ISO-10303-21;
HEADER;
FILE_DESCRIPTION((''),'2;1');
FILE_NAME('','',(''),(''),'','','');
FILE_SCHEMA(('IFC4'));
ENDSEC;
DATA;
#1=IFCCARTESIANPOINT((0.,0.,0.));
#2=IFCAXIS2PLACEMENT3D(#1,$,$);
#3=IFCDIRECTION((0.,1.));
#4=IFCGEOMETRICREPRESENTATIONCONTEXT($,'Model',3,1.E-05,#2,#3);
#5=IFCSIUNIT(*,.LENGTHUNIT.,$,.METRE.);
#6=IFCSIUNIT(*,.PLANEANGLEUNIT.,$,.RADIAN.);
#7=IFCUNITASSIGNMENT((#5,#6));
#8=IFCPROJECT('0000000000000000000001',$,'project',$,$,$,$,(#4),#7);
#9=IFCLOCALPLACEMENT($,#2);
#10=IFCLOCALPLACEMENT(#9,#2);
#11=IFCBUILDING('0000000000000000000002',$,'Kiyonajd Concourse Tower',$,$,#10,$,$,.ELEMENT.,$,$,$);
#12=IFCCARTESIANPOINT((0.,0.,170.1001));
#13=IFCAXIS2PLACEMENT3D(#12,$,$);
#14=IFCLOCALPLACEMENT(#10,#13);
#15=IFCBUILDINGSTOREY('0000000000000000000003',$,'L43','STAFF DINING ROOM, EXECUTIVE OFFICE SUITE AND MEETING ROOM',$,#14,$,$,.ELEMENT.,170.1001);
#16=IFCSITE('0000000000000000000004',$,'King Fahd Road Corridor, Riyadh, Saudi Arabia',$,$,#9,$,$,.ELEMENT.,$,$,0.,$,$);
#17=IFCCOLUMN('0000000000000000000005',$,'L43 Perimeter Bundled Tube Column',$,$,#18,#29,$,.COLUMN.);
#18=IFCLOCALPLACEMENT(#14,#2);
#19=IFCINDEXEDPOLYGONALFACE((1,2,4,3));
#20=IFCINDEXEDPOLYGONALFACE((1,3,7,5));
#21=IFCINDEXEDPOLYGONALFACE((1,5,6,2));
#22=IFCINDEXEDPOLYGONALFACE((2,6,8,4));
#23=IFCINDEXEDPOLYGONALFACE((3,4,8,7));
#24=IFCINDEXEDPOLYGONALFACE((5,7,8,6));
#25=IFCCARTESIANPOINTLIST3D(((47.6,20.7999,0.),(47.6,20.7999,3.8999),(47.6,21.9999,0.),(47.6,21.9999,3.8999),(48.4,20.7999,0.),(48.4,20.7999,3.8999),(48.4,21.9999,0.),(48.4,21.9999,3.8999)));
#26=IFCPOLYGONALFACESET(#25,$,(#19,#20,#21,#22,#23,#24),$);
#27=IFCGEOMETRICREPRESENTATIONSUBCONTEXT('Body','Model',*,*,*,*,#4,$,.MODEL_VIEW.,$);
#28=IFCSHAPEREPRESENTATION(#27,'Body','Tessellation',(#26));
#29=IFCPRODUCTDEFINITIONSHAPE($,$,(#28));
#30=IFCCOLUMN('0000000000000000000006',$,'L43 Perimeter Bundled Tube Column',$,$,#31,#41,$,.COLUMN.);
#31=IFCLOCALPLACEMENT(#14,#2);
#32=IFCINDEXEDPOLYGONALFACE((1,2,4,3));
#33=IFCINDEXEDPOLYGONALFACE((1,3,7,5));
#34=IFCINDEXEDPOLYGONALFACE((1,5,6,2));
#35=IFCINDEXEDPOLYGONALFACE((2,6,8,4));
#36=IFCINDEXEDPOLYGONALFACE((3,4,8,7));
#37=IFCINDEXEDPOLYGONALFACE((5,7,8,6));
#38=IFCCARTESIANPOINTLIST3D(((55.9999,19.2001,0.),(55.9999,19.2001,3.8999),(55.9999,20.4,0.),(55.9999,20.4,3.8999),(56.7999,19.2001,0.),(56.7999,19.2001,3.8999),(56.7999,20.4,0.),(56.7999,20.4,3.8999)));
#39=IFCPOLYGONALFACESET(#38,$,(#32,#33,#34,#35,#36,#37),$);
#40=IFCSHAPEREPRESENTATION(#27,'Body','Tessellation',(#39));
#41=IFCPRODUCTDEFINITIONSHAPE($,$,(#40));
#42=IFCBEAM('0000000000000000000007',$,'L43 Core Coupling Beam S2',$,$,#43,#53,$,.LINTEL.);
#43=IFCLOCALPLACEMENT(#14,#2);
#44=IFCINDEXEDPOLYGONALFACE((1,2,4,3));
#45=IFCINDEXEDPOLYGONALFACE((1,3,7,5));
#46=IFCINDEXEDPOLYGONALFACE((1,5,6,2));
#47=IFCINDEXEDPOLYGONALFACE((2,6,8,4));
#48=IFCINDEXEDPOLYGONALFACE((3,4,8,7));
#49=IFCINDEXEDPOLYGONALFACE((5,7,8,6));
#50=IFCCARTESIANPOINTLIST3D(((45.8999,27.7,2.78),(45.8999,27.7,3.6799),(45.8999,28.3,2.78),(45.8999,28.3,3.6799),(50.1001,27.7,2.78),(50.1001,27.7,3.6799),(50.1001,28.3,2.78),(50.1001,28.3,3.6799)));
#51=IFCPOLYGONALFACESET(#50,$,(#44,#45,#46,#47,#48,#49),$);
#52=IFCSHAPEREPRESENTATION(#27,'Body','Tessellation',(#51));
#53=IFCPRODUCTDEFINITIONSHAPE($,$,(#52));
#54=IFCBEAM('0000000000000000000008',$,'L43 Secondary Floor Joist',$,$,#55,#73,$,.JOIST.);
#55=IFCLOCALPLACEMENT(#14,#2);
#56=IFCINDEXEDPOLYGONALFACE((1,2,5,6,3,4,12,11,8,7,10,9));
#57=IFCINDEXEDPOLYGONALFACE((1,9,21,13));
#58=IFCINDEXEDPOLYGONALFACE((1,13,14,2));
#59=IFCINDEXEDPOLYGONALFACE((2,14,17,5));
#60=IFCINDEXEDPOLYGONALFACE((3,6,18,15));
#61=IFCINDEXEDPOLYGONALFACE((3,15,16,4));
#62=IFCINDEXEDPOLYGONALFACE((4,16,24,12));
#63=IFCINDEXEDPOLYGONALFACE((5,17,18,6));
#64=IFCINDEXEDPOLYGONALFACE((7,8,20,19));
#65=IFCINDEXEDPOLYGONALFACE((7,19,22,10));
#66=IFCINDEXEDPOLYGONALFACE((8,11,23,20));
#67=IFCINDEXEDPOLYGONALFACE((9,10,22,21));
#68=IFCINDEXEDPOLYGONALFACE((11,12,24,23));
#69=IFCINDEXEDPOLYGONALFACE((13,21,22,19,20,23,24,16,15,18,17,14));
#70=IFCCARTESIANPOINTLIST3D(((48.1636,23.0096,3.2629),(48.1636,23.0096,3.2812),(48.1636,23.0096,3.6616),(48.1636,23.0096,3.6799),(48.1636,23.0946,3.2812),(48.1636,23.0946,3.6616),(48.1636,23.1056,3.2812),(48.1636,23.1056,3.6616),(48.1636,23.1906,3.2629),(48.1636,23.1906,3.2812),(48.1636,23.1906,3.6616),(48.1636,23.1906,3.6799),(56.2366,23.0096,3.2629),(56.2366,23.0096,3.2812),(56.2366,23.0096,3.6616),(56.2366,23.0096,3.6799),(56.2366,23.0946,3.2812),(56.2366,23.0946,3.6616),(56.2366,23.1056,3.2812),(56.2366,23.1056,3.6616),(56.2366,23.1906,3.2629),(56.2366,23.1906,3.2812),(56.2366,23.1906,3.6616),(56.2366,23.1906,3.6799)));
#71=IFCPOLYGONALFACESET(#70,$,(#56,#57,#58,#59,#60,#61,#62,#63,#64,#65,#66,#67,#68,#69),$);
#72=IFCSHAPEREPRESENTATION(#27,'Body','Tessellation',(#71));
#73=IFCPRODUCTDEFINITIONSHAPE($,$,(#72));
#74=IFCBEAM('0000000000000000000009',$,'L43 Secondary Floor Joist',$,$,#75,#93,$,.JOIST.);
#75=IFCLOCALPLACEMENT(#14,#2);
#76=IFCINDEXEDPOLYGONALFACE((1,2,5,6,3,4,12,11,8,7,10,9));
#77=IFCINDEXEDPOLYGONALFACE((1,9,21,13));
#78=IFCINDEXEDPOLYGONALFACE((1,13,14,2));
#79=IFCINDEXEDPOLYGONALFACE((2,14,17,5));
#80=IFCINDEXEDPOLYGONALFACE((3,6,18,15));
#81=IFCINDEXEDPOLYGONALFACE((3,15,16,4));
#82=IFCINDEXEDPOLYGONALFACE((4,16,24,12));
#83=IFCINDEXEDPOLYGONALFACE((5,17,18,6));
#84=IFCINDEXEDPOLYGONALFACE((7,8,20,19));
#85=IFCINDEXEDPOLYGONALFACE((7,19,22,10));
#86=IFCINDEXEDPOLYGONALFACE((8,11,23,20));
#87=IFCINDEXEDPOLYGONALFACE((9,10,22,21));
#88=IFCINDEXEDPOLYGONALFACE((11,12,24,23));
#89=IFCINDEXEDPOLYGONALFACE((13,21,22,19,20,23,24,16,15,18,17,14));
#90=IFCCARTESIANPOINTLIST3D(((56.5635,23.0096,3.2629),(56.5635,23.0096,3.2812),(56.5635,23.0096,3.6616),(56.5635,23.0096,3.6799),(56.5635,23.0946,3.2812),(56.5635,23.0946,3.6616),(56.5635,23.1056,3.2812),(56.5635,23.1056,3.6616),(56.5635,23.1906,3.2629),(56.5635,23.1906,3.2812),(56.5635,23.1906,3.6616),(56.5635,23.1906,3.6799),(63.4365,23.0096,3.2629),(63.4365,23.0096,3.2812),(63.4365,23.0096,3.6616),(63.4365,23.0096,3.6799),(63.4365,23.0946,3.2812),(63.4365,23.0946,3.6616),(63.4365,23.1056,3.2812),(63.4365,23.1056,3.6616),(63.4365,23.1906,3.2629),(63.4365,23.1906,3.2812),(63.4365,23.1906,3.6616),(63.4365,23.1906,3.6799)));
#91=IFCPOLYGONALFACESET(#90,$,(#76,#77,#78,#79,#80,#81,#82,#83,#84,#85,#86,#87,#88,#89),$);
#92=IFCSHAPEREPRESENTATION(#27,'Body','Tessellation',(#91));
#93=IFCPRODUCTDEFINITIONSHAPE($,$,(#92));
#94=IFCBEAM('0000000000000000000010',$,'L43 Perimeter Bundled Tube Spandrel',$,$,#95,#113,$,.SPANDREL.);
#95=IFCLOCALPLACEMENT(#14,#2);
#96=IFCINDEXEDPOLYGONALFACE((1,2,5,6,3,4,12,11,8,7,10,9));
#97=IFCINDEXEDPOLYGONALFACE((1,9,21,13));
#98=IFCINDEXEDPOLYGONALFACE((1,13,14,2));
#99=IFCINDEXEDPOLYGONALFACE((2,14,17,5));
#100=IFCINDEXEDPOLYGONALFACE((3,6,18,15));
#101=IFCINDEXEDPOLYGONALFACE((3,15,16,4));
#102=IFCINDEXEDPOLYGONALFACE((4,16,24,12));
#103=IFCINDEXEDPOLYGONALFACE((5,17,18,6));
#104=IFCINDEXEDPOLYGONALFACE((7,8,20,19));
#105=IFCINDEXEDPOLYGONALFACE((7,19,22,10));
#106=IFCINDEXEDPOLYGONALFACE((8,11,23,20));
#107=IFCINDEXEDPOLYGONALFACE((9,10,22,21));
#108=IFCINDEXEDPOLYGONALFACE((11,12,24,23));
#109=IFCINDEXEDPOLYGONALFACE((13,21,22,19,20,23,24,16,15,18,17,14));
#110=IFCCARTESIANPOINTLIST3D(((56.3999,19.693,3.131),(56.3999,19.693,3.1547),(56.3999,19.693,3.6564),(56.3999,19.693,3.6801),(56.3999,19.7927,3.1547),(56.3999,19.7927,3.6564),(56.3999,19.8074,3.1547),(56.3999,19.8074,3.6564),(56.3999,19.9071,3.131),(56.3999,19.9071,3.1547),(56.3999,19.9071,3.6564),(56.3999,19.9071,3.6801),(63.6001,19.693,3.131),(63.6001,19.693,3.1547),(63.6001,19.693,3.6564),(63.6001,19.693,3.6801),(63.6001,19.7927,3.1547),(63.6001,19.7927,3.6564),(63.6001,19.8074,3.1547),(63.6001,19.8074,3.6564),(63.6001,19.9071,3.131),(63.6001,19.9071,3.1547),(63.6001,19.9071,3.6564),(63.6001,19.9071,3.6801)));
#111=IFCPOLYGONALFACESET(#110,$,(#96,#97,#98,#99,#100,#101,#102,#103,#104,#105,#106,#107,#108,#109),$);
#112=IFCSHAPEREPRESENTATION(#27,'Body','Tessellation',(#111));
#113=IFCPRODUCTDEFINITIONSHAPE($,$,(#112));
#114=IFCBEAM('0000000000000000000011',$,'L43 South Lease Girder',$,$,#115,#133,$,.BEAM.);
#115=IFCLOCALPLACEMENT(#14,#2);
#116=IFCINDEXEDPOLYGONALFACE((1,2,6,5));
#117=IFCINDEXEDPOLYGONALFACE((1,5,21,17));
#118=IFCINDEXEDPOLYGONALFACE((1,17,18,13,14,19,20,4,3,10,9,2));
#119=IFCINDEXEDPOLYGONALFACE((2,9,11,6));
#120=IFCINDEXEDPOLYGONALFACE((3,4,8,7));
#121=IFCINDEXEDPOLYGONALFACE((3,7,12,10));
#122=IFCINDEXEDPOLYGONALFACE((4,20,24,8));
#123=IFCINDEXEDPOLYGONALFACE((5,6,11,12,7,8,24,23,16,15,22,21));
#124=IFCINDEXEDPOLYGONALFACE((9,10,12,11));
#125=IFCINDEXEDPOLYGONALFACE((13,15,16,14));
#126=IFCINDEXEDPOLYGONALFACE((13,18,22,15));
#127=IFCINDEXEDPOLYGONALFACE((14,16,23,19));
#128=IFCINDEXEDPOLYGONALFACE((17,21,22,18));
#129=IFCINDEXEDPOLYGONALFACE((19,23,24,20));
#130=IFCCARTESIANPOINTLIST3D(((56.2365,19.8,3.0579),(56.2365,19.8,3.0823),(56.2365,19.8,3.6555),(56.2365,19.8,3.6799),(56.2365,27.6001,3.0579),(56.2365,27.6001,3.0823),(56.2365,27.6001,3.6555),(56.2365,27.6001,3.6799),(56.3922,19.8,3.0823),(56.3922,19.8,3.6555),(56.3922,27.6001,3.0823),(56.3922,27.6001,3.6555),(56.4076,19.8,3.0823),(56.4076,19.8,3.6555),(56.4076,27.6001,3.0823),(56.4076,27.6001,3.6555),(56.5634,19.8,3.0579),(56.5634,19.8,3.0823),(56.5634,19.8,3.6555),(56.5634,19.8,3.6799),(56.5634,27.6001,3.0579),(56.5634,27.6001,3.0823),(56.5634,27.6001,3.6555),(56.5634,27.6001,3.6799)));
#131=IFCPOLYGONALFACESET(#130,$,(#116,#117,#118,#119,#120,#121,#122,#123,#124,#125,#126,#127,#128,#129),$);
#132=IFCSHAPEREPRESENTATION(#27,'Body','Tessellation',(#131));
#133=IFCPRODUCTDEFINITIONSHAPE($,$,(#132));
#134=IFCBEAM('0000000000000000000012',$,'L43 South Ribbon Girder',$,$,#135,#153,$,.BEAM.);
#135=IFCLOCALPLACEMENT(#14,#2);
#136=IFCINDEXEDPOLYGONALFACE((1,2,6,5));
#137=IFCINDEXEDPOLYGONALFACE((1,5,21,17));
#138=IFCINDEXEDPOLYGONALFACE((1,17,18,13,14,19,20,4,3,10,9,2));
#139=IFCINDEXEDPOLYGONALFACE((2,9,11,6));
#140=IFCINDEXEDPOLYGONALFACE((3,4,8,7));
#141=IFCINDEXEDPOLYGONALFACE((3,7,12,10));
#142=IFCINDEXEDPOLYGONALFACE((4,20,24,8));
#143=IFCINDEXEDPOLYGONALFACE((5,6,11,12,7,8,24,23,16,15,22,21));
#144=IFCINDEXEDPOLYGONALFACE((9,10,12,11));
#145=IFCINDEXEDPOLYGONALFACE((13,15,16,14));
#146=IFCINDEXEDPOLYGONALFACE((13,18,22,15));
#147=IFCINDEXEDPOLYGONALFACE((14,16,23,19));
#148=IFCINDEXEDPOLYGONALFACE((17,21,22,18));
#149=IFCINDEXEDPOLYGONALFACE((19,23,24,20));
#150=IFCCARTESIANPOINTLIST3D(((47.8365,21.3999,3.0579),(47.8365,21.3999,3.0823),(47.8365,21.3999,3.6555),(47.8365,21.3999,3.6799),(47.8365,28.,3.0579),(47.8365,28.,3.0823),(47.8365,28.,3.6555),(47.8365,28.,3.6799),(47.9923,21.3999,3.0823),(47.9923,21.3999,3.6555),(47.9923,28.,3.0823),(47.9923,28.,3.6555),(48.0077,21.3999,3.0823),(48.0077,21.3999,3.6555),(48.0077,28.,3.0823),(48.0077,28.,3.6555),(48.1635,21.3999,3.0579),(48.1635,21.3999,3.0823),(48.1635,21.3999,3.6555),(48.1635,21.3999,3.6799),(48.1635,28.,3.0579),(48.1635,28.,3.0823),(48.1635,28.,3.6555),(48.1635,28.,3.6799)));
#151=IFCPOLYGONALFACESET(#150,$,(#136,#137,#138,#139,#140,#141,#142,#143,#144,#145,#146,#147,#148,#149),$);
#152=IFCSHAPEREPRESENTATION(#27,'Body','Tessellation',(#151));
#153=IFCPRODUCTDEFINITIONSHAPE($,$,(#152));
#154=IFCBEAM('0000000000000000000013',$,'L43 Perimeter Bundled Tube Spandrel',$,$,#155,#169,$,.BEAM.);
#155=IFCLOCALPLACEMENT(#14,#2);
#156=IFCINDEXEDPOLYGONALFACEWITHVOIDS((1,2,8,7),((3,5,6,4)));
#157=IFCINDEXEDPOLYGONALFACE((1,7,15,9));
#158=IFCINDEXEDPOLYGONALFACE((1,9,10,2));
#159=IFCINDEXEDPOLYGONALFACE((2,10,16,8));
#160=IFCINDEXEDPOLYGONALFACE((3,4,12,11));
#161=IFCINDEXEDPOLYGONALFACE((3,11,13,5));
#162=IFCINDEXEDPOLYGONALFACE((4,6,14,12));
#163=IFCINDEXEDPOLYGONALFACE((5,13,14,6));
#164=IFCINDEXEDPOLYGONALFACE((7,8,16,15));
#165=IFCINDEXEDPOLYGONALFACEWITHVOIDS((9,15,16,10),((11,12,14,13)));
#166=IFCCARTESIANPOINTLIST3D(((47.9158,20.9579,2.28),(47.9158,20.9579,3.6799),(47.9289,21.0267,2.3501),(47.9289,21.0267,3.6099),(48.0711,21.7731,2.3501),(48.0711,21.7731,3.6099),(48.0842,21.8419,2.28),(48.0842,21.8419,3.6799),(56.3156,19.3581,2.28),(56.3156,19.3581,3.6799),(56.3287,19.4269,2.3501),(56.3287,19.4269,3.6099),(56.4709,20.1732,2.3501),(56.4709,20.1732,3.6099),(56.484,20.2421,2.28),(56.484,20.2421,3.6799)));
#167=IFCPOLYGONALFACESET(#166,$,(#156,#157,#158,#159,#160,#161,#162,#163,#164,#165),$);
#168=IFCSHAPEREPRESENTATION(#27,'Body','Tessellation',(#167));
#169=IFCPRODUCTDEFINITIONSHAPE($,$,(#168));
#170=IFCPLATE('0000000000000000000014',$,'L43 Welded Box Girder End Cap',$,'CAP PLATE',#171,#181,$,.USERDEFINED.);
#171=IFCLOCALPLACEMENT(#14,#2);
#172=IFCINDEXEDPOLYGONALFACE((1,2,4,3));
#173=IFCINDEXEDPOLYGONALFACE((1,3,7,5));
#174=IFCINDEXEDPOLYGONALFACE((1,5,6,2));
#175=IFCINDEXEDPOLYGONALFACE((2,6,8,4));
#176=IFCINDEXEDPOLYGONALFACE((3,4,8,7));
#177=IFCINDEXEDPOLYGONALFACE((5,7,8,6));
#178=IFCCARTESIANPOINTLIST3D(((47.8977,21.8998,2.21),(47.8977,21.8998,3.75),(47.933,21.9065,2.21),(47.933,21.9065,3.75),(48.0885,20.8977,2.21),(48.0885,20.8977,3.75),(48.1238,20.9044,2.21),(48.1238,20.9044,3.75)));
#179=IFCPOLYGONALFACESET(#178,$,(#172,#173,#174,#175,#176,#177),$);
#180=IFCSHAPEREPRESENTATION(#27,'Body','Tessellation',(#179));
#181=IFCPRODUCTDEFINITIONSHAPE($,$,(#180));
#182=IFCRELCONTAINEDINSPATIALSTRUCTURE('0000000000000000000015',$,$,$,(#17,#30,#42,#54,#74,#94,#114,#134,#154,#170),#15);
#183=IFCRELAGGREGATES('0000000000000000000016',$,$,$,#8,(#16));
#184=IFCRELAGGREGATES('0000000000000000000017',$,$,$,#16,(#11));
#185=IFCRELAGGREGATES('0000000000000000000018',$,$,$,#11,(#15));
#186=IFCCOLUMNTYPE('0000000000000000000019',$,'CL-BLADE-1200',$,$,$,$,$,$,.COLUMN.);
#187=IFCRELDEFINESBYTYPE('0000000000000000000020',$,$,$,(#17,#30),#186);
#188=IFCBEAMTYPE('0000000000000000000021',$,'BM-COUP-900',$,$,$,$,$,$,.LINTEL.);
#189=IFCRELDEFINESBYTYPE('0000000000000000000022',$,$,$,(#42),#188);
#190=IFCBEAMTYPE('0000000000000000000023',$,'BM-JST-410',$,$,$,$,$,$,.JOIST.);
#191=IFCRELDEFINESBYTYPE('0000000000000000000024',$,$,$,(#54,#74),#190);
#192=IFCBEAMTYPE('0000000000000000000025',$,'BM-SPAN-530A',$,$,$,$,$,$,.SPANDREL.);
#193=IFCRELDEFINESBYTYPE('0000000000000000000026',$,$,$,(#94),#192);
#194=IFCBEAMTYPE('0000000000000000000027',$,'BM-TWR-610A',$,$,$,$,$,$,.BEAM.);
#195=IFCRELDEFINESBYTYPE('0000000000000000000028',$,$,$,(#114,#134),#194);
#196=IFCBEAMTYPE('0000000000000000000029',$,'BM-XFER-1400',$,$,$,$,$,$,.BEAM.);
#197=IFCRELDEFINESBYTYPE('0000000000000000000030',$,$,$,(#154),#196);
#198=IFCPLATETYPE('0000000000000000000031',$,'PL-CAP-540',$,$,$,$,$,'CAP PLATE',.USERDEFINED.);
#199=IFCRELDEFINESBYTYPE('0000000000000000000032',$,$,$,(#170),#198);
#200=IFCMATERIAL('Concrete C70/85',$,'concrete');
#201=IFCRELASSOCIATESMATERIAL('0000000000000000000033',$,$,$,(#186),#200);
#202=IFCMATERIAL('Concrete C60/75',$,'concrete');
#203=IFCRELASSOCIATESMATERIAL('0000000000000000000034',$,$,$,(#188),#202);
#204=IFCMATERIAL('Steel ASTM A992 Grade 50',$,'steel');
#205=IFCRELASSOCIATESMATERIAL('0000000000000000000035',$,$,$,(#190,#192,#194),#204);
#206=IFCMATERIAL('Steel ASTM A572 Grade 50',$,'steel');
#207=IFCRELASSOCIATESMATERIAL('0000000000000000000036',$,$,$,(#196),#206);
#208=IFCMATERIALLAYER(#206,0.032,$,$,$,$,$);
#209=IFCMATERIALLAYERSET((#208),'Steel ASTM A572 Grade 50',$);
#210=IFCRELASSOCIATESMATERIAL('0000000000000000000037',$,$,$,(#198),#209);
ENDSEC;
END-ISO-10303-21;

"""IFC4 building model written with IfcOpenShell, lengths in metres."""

from ifc_helpers import new_model, si_unit, direction, frame, origin, origin_2d, place, context, subcontext, project, spatial, rectangle, hollow_rectangle, i_section, extrude, material, layer, layer_set, material_profile, profile_set, type_object, element, save


model = new_model("IFC4")

# Units and contexts
model_context = context("Model", 3, precision=1e-05, world=origin(), true_north=direction((0.0, 1.0)))
body_context = subcontext(model_context, "Body", "Model", "MODEL_VIEW")
ifc_project = project(units=[si_unit("LENGTHUNIT", "METRE"), si_unit("PLANEANGLEUNIT", "RADIAN")], contexts=[model_context])

# Site, building, storey
site_placement = place(None, origin())
site = spatial("IfcSite", under=ifc_project, at=site_placement, Name="King Fahd Road Corridor, Riyadh, Saudi Arabia", CompositionType="ELEMENT", RefElevation=0.0)
building_placement = place(site_placement, origin())
building = spatial("IfcBuilding", under=site, at=building_placement, Name="Kiyonajd Concourse Tower", CompositionType="ELEMENT")
storey_placement = place(building_placement, frame((0.0, 0.0, 170.1001)))
storey = spatial("IfcBuildingStorey", under=building, at=storey_placement, Name="L43", Description="STAFF DINING ROOM, EXECUTIVE OFFICE SUITE AND MEETING ROOM", CompositionType="ELEMENT", Elevation=170.1001)

# Columns
ifc_material_1 = material(Name="Concrete C70/85", Category="concrete")
ifc_material_profile_1 = material_profile(ifc_material_1, rectangle(XDim=0.8, YDim=1.2, at=origin_2d()), Name="RC-1200x800")
ifc_profile_set_1 = profile_set([ifc_material_profile_1], Name="Concrete C70/85")
column_type = type_object("IfcColumnType", Name="CL-BLADE-1200", PredefinedType="COLUMN", material=ifc_profile_set_1)
for number, where, z_axis, x_axis, name in (
    (1, (48.0, 21.3999, 0.0), (0.0, 0.0, 1.0), (1.0, 0.0, 0.0), "L43 Perimeter Bundled Tube Column"),
    (2, (56.3999, 19.8, 0.0), (0.0, 0.0, 1.0), (1.0, 0.0, 0.0), "L43 Perimeter Bundled Tube Column"),
):
    element("IfcColumn", number, at=place(storey_placement, frame(where, z_axis=z_axis, x_axis=x_axis)), inside=storey, type_object=column_type, Name=name, PredefinedType="COLUMN", context=body_context, shape_type="SweptSolid", body=[
        extrude(rectangle(XDim=0.8, YDim=1.2, at=origin_2d()), origin(), (0.0, 0.0, 1.0), 3.8999),
    ])

# Beams
ifc_material_2 = material(Name="Concrete C60/75", Category="concrete")
ifc_material_profile_2 = material_profile(ifc_material_2, rectangle(XDim=0.6001, YDim=0.8999, at=origin_2d()), Name="RCBM-600x900")
ifc_profile_set_2 = profile_set([ifc_material_profile_2], Name="Concrete C60/75")
beam_type_1 = type_object("IfcBeamType", Name="BM-COUP-900", PredefinedType="LINTEL", material=ifc_profile_set_2)
beam_1_placement = place(storey_placement, frame((45.8999, 28.0, 3.23), z_axis=(1.0, 0.0, 0.0), x_axis=(0.0, 1.0, 0.0)))
element("IfcBeam", 3, at=beam_1_placement, inside=storey, type_object=beam_type_1, Name="L43 Core Coupling Beam S2", PredefinedType="LINTEL", context=body_context, shape_type="SweptSolid", body=[
    extrude(rectangle(XDim=0.6001, YDim=0.8999, at=origin_2d()), origin(), (0.0, 0.0, 1.0), 4.2002),
])
ifc_material_3 = material(Name="Steel ASTM A992 Grade 50", Category="steel")
ifc_material_profile_3 = material_profile(ifc_material_3, i_section(OverallWidth=0.1809, OverallDepth=0.417, WebThickness=0.011, FlangeThickness=0.0183, at=origin_2d()), Name="W410X85")
ifc_profile_set_3 = profile_set([ifc_material_profile_3], Name="Steel ASTM A992 Grade 50")
beam_type_2 = type_object("IfcBeamType", Name="BM-JST-410", PredefinedType="JOIST", material=ifc_profile_set_3)
beam_2_placement = place(storey_placement, frame((48.1636, 23.1001, 3.4714), z_axis=(1.0, 0.0, 0.0), x_axis=(0.0, 1.0, 0.0)))
element("IfcBeam", 4, at=beam_2_placement, inside=storey, type_object=beam_type_2, Name="L43 Secondary Floor Joist", PredefinedType="JOIST", context=body_context, shape_type="SweptSolid", body=[
    extrude(i_section(OverallWidth=0.1809, OverallDepth=0.417, WebThickness=0.011, FlangeThickness=0.0183, at=origin_2d()), origin(), (0.0, 0.0, 1.0), 8.073),
])
beam_3_placement = place(storey_placement, frame((56.5635, 23.1001, 3.4714), z_axis=(1.0, 0.0, 0.0), x_axis=(0.0, 1.0, 0.0)))
element("IfcBeam", 5, at=beam_3_placement, inside=storey, type_object=beam_type_2, Name="L43 Secondary Floor Joist", PredefinedType="JOIST", context=body_context, shape_type="SweptSolid", body=[
    extrude(i_section(OverallWidth=0.1809, OverallDepth=0.417, WebThickness=0.011, FlangeThickness=0.0183, at=origin_2d()), origin(), (0.0, 0.0, 1.0), 6.873),
])
ifc_material_profile_4 = material_profile(ifc_material_3, i_section(OverallWidth=0.2141, OverallDepth=0.5491, WebThickness=0.0146, FlangeThickness=0.0237, at=origin_2d()), Name="W530X138")
ifc_profile_set_4 = profile_set([ifc_material_profile_4], Name="Steel ASTM A992 Grade 50")
beam_type_3 = type_object("IfcBeamType", Name="BM-SPAN-530A", PredefinedType="SPANDREL", material=ifc_profile_set_4)
beam_4_placement = place(storey_placement, frame((56.3999, 19.8, 3.4055), z_axis=(1.0, 0.0, 0.0), x_axis=(0.0, 1.0, 0.0)))
element("IfcBeam", 6, at=beam_4_placement, inside=storey, type_object=beam_type_3, Name="L43 Perimeter Bundled Tube Spandrel", PredefinedType="SPANDREL", context=body_context, shape_type="SweptSolid", body=[
    extrude(i_section(OverallWidth=0.2141, OverallDepth=0.5491, WebThickness=0.0146, FlangeThickness=0.0237, at=origin_2d()), origin(), (0.0, 0.0, 1.0), 7.2002),
])
ifc_material_profile_5 = material_profile(ifc_material_3, i_section(OverallWidth=0.3269, OverallDepth=0.6221, WebThickness=0.0154, FlangeThickness=0.0244, at=origin_2d()), Name="W610X195")
ifc_profile_set_5 = profile_set([ifc_material_profile_5], Name="Steel ASTM A992 Grade 50")
beam_type_4 = type_object("IfcBeamType", Name="BM-TWR-610A", PredefinedType="BEAM", material=ifc_profile_set_5)
beam_5_placement = place(storey_placement, frame((56.3999, 19.8, 3.3689), z_axis=(0.0, 1.0, 0.0), x_axis=(-1.0, 0.0, 0.0)))
element("IfcBeam", 7, at=beam_5_placement, inside=storey, type_object=beam_type_4, Name="L43 South Lease Girder", PredefinedType="BEAM", context=body_context, shape_type="SweptSolid", body=[
    extrude(i_section(OverallWidth=0.3269, OverallDepth=0.6221, WebThickness=0.0154, FlangeThickness=0.0244, at=origin_2d()), origin(), (0.0, 0.0, 1.0), 7.8),
])
beam_6_placement = place(storey_placement, frame((48.0, 21.3999, 3.3689), z_axis=(0.0, 1.0, 0.0), x_axis=(-1.0, 0.0, 0.0)))
element("IfcBeam", 8, at=beam_6_placement, inside=storey, type_object=beam_type_4, Name="L43 South Ribbon Girder", PredefinedType="BEAM", context=body_context, shape_type="SweptSolid", body=[
    extrude(i_section(OverallWidth=0.3269, OverallDepth=0.6221, WebThickness=0.0154, FlangeThickness=0.0244, at=origin_2d()), origin(), (0.0, 0.0, 1.0), 6.6001),
])
ifc_material_4 = material(Name="Steel ASTM A572 Grade 50", Category="steel")
ifc_material_profile_6 = material_profile(ifc_material_4, hollow_rectangle(XDim=0.8999, YDim=1.3999, WallThickness=0.0701, at=origin_2d()), Name="BOX-1400x900x70")
ifc_profile_set_6 = profile_set([ifc_material_profile_6], Name="Steel ASTM A572 Grade 50")
beam_type_5 = type_object("IfcBeamType", Name="BM-XFER-1400", PredefinedType="BEAM", material=ifc_profile_set_6)
beam_7_placement = place(storey_placement, frame((48.0, 21.3999, 2.98), z_axis=(0.982341, -0.187098, 0.0), x_axis=(0.187098, 0.982341, 0.0)))
element("IfcBeam", 9, at=beam_7_placement, inside=storey, type_object=beam_type_5, Name="L43 Perimeter Bundled Tube Spandrel", PredefinedType="BEAM", context=body_context, shape_type="SweptSolid", body=[
    extrude(hollow_rectangle(XDim=0.8999, YDim=1.3999, WallThickness=0.0701, at=origin_2d()), origin(), (0.0, 0.0, 1.0), 8.5508),
])

# Plate
ifc_layer_1 = layer(ifc_material_4, 0.032)
ifc_layer_set_1 = layer_set([ifc_layer_1], Name="Steel ASTM A572 Grade 50")
plate_type_1 = type_object("IfcPlateType", Name="PL-CAP-540", ElementType="CAP PLATE", PredefinedType="USERDEFINED", material=ifc_layer_set_1)
for number, where, z_axis, x_axis, name in (
    (10, (48.0107, 21.4021, 2.21), (0.0, 0.0, 1.0), (0.982353, 0.187038, 0.0), "L43 Welded Box Girder End Cap"),
):
    element("IfcPlate", number, at=place(storey_placement, frame(where, z_axis=z_axis, x_axis=x_axis)), inside=storey, type_object=plate_type_1, Name=name, ObjectType="CAP PLATE", PredefinedType="USERDEFINED", context=body_context, shape_type="SweptSolid", body=[
        extrude(rectangle(XDim=0.0359, YDim=1.02, at=origin_2d()), origin(), (0.0, 0.0, 1.0), 1.54),
    ])

save(model, "model.ifc")
